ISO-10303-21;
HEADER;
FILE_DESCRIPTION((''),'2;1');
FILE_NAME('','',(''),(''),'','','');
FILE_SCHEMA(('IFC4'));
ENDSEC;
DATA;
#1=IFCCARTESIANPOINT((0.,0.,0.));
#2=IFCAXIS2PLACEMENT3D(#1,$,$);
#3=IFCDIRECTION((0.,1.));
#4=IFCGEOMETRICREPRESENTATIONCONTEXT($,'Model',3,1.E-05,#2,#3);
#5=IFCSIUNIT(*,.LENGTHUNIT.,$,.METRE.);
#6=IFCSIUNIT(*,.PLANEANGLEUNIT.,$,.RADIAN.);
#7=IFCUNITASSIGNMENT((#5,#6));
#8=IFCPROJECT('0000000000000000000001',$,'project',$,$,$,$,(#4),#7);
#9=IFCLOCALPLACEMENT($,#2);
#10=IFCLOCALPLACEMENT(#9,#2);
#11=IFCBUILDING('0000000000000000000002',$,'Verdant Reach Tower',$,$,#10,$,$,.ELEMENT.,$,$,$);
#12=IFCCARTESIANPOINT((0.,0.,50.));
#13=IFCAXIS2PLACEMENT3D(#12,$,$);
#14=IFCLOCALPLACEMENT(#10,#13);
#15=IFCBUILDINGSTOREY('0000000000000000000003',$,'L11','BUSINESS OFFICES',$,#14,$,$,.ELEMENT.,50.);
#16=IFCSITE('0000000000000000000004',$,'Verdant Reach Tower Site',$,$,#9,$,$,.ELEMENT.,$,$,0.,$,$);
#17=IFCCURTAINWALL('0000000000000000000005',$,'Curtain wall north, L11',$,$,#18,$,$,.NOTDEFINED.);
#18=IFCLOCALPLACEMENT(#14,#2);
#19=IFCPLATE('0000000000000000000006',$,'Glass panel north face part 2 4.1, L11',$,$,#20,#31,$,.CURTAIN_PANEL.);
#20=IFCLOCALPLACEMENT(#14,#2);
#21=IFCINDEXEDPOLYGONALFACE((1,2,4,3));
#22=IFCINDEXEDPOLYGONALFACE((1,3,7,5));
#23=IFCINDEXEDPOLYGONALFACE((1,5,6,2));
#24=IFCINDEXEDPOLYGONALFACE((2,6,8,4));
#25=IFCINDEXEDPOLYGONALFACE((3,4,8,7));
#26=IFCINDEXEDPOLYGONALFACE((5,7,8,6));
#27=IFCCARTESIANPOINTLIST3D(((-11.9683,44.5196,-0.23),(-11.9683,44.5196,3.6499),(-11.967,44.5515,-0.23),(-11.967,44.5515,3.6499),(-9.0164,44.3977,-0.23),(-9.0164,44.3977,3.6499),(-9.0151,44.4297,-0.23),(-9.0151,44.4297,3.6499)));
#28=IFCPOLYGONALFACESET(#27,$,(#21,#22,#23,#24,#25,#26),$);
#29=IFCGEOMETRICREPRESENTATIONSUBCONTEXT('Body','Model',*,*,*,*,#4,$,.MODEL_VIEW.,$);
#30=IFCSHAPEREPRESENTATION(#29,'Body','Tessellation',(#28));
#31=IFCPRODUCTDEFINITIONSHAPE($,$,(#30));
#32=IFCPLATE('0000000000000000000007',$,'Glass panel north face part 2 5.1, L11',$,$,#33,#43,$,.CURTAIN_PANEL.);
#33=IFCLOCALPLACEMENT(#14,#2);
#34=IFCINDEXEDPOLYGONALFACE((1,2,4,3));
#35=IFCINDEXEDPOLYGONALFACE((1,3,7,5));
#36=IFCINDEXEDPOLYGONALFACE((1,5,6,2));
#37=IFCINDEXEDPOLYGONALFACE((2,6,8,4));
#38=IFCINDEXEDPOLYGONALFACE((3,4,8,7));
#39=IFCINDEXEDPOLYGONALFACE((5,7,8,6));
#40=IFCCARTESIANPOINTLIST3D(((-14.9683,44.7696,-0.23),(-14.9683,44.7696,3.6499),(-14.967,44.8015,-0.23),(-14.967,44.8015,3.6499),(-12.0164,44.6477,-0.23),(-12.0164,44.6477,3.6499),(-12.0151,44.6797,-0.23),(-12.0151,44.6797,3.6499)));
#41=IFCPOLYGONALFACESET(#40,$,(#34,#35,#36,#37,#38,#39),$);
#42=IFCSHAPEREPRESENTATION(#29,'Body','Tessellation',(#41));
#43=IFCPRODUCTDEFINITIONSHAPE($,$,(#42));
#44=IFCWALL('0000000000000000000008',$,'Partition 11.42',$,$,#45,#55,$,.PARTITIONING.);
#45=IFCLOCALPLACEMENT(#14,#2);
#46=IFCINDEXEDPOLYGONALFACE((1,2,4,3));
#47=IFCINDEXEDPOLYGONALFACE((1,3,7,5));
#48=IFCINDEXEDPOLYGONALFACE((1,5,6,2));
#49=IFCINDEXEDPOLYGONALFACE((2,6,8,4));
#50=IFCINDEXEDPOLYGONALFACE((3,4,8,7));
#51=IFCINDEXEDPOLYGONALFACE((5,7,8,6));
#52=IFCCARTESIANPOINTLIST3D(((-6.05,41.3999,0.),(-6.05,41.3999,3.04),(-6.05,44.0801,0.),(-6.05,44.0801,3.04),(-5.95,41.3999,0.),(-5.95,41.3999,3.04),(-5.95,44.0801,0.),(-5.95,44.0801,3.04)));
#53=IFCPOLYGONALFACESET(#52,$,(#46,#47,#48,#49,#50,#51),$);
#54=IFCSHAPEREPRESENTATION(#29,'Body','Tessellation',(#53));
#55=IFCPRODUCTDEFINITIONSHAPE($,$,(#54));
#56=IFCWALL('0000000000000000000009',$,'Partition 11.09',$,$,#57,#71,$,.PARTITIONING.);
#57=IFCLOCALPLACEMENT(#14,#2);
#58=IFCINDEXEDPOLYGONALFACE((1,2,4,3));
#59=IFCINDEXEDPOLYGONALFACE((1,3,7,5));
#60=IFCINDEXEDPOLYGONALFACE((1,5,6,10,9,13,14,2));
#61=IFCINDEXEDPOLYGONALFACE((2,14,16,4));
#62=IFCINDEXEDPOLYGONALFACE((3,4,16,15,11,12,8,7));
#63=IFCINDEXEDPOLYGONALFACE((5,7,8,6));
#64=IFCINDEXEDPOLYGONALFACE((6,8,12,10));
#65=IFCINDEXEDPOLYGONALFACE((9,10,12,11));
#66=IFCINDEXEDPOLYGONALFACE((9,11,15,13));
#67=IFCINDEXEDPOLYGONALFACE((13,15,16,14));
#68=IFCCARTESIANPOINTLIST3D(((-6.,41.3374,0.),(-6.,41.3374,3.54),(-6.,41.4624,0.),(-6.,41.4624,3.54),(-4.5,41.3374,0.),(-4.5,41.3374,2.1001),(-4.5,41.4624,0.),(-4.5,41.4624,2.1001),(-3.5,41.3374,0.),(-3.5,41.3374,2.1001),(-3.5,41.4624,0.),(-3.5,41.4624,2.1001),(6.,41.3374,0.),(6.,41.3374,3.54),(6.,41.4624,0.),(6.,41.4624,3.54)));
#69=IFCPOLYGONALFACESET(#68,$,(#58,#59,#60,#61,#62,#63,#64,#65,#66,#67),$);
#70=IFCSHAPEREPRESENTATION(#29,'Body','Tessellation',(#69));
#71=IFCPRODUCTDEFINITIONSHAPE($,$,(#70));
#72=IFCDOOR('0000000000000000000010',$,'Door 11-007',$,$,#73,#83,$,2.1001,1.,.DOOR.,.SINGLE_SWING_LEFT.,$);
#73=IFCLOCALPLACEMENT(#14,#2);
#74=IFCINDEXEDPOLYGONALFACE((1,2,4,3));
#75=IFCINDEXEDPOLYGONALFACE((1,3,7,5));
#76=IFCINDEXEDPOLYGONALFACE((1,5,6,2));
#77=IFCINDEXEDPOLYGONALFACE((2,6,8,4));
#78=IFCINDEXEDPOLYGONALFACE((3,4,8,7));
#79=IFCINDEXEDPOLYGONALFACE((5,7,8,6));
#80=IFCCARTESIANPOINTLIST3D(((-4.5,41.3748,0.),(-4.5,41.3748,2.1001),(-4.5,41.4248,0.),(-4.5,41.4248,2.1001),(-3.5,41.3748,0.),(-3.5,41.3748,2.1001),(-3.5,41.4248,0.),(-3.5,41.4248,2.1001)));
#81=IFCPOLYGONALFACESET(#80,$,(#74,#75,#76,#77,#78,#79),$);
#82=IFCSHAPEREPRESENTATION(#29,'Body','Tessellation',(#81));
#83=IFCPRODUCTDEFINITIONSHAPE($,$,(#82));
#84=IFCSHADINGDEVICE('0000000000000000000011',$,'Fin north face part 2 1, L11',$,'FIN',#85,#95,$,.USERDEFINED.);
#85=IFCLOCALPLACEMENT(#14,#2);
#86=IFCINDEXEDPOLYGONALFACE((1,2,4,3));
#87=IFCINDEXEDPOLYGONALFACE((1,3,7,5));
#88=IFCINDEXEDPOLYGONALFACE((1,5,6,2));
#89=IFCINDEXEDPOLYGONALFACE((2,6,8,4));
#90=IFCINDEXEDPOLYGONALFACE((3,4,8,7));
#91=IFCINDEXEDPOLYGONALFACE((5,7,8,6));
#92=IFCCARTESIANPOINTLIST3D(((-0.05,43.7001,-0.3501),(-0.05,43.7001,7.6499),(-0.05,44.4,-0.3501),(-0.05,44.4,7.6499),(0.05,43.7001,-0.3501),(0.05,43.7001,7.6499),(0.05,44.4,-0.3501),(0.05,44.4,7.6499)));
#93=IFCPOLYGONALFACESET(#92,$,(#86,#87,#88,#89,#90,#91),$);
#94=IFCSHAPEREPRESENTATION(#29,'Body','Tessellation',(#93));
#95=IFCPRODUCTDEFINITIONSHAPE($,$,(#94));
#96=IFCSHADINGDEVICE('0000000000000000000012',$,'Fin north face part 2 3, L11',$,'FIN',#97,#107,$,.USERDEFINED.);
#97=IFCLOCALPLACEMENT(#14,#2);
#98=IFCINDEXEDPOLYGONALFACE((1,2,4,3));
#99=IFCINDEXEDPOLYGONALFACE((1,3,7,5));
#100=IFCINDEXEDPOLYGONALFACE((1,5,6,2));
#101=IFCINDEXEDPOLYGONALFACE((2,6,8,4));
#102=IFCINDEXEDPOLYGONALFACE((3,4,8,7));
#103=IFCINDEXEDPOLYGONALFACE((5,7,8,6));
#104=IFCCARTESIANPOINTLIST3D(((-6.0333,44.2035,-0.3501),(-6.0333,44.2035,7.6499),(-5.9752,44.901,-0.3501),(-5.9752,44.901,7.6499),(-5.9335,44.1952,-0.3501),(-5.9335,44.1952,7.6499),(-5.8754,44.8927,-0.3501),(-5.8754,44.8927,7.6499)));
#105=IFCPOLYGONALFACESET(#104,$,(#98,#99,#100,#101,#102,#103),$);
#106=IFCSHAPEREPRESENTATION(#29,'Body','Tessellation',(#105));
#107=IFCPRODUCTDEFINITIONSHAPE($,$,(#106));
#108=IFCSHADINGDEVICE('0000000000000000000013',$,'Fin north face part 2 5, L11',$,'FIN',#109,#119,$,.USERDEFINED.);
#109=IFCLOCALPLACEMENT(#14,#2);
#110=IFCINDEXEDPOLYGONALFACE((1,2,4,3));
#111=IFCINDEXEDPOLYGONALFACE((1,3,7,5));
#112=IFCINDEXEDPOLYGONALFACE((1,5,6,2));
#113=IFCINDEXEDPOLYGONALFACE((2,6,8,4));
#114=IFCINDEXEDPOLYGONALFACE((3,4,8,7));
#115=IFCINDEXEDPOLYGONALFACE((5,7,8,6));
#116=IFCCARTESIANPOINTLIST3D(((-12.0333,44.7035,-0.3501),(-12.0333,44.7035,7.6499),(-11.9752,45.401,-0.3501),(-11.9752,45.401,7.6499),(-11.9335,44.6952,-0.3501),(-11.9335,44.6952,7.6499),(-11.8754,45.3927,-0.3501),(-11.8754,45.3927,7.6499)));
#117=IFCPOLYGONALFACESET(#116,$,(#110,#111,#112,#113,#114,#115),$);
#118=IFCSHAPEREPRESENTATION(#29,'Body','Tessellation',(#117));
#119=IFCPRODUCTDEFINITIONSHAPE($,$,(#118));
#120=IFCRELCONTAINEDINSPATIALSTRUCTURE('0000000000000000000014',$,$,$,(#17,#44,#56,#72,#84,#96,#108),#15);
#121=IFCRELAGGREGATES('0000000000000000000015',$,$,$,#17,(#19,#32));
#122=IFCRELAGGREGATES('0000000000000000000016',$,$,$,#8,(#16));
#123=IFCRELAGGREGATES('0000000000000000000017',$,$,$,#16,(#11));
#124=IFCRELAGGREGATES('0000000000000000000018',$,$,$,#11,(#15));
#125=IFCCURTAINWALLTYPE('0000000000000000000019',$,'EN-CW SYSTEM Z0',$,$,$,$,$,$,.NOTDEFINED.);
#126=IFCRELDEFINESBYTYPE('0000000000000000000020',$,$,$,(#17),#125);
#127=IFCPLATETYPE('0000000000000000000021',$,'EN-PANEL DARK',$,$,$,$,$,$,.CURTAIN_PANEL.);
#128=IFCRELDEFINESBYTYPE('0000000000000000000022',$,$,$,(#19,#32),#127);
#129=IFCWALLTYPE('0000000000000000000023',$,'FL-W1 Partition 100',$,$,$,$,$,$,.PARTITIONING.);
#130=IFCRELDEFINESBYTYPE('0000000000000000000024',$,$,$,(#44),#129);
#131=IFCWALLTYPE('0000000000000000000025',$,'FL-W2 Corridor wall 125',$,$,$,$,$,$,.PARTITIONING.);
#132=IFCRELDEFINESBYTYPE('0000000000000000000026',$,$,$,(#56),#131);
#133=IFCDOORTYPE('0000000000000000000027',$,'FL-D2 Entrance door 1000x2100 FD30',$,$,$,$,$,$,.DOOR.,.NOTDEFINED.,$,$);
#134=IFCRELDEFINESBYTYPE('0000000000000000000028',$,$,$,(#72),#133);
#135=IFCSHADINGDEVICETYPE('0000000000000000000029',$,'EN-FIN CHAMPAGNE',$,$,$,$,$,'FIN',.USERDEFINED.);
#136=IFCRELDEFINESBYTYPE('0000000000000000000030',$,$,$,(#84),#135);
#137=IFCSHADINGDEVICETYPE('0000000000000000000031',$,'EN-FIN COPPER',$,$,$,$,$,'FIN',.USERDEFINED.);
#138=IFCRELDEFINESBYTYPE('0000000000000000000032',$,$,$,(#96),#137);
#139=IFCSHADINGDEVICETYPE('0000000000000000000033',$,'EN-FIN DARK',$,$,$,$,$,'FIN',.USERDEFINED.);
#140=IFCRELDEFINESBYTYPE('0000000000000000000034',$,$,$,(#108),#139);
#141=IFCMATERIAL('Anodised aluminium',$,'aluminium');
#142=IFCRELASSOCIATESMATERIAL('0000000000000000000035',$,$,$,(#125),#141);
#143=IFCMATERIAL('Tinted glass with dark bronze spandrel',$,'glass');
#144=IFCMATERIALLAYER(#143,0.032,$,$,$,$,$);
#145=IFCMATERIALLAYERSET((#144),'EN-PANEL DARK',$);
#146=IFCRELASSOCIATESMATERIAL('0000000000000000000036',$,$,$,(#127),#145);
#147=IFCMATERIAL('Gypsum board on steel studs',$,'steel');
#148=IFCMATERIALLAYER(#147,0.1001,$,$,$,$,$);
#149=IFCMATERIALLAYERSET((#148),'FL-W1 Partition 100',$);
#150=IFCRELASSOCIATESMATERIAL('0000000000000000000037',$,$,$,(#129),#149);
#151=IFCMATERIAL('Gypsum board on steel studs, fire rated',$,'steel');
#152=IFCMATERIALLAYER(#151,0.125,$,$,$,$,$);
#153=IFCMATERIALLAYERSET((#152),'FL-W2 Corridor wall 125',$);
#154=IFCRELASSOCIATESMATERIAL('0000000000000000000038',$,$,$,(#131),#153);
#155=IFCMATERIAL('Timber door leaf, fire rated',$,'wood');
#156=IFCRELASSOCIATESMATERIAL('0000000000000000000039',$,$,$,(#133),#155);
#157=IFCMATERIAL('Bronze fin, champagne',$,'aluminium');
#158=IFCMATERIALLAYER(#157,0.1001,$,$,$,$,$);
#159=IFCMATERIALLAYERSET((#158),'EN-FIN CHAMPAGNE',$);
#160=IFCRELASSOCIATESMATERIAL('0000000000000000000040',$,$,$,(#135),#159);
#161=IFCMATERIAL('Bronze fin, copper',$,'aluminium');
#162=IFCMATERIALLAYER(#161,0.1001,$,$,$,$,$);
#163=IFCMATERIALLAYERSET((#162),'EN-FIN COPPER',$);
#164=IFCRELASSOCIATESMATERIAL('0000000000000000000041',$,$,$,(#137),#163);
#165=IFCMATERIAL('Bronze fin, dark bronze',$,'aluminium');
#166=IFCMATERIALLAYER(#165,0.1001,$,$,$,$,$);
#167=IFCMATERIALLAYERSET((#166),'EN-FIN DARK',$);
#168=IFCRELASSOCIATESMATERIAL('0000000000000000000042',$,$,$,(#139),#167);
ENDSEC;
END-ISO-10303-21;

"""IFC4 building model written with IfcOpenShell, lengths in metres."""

from ifc_helpers import new_model, si_unit, direction, frame, frame_2d, origin, origin_2d, place, context, subcontext, project, spatial, rectangle, extrude, material, layer, layer_set, type_object, element, fill, aggregate, save


model = new_model("IFC4")

# Units and contexts
model_context = context("Model", 3, precision=1e-05, world=origin(), true_north=direction((0.0, 1.0)))
body_context = subcontext(model_context, "Body", "Model", "MODEL_VIEW")
ifc_project = project(units=[si_unit("LENGTHUNIT", "METRE"), si_unit("PLANEANGLEUNIT", "RADIAN")], contexts=[model_context])

# Site, building, storey
site_placement = place(None, origin())
site = spatial("IfcSite", under=ifc_project, at=site_placement, Name="Verdant Reach Tower Site", CompositionType="ELEMENT", RefElevation=0.0)
building_placement = place(site_placement, origin())
building = spatial("IfcBuilding", under=site, at=building_placement, Name="Verdant Reach Tower", CompositionType="ELEMENT")
storey_placement = place(building_placement, frame((0.0, 0.0, 50.0)))
storey = spatial("IfcBuildingStorey", under=building, at=storey_placement, Name="L11", Description="BUSINESS OFFICES", CompositionType="ELEMENT", Elevation=50.0)

# Curtain wall
ifc_material_1 = material(Name="Anodised aluminium", Category="aluminium")
curtain_wall_type = type_object("IfcCurtainWallType", Name="EN-CW SYSTEM Z0", PredefinedType="NOTDEFINED", material=ifc_material_1)
curtain_wall_placement = place(storey_placement, origin())
curtain_wall = element("IfcCurtainWall", 1, at=curtain_wall_placement, inside=storey, type_object=curtain_wall_type, Name="Curtain wall north, L11", PredefinedType="NOTDEFINED")

# Plates
ifc_material_2 = material(Name="Tinted glass with dark bronze spandrel", Category="glass")
ifc_layer_1 = layer(ifc_material_2, 0.032)
ifc_layer_set_1 = layer_set([ifc_layer_1], Name="EN-PANEL DARK")
plate_type_1 = type_object("IfcPlateType", Name="EN-PANEL DARK", PredefinedType="CURTAIN_PANEL", material=ifc_layer_set_1)
plate_1_placement = place(storey_placement, frame((-10.4917, 44.4746, -0.23), z_axis=(0.0, 0.0, 1.0), x_axis=(-0.999149, 0.041242, 0.0)))
plate_1 = element("IfcPlate", 2, at=plate_1_placement, type_object=plate_type_1, Name="Glass panel north face part 2 4.1, L11", PredefinedType="CURTAIN_PANEL", context=body_context, shape_type="SweptSolid", body=[
    extrude(rectangle(XDim=2.9543, YDim=0.032, at=origin_2d()), origin(), (0.0, 0.0, 1.0), 3.8799),
])
plate_2_placement = place(storey_placement, frame((-13.4917, 44.7246, -0.23), z_axis=(0.0, 0.0, 1.0), x_axis=(-0.999149, 0.041242, 0.0)))
plate_2 = element("IfcPlate", 3, at=plate_2_placement, type_object=plate_type_1, Name="Glass panel north face part 2 5.1, L11", PredefinedType="CURTAIN_PANEL", context=body_context, shape_type="SweptSolid", body=[
    extrude(rectangle(XDim=2.9543, YDim=0.032, at=origin_2d()), origin(), (0.0, 0.0, 1.0), 3.8799),
])
aggregate(curtain_wall, [plate_1, plate_2])

# Wall
ifc_material_3 = material(Name="Gypsum board on steel studs", Category="steel")
ifc_layer_2 = layer(ifc_material_3, 0.1001)
ifc_layer_set_2 = layer_set([ifc_layer_2], Name="FL-W1 Partition 100")
wall_type_1 = type_object("IfcWallType", Name="FL-W1 Partition 100", PredefinedType="PARTITIONING", material=ifc_layer_set_2)
wall_1_placement = place(storey_placement, frame((-6.0, 41.3999, 0.0), z_axis=(0.0, 0.0, 1.0), x_axis=(0.0, 1.0, 0.0)))
element("IfcWall", 4, at=wall_1_placement, inside=storey, type_object=wall_type_1, Name="Partition 11.42", PredefinedType="PARTITIONING", context=body_context, shape_type="SweptSolid", body=[
    extrude(rectangle(XDim=2.6802, YDim=0.1001, at=frame_2d((1.3401, 0.0))), origin(), (0.0, 0.0, 1.0), 3.04),
])

# Wall, opening, door
ifc_material_4 = material(Name="Gypsum board on steel studs, fire rated", Category="steel")
ifc_layer_3 = layer(ifc_material_4, 0.125)
ifc_layer_set_3 = layer_set([ifc_layer_3], Name="FL-W2 Corridor wall 125")
wall_type_2 = type_object("IfcWallType", Name="FL-W2 Corridor wall 125", PredefinedType="PARTITIONING", material=ifc_layer_set_3)
wall_2_placement = place(storey_placement, frame((-6.0, 41.3999, 0.0), z_axis=(0.0, 0.0, 1.0), x_axis=(1.0, 0.0, 0.0)))
wall_2 = element("IfcWall", 5, at=wall_2_placement, inside=storey, type_object=wall_type_2, Name="Partition 11.09", PredefinedType="PARTITIONING", context=body_context, shape_type="SweptSolid", body=[
    extrude(rectangle(XDim=12.0, YDim=0.125, at=frame_2d((6.0, 0.0))), origin(), (0.0, 0.0, 1.0), 3.54),
])
opening_placement = place(wall_2_placement, frame((1.5, 0.0, 0.0)))
opening = element("IfcOpeningElement", 6, at=opening_placement, cuts=wall_2, PredefinedType="OPENING", context=body_context, shape_type="SweptSolid", body=[
    extrude(rectangle(XDim=1.0, YDim=2.1001, at=frame_2d((0.5, 1.05))), frame((0.0, 0.0725, 0.0), z_axis=(0.0, -1.0, 0.0), x_axis=(1.0, 0.0, 0.0)), (0.0, 0.0, 1.0), 0.145),
])
ifc_material_5 = material(Name="Timber door leaf, fire rated", Category="wood")
door_type = type_object("IfcDoorType", Name="FL-D2 Entrance door 1000x2100 FD30", OperationType="NOTDEFINED", PredefinedType="DOOR", material=ifc_material_5)
door_placement = place(opening_placement, origin())
door = element("IfcDoor", 7, at=door_placement, inside=storey, type_object=door_type, Name="Door 11-007", OperationType="SINGLE_SWING_LEFT", OverallHeight=2.1001, OverallWidth=1.0, PredefinedType="DOOR", context=body_context, shape_type="SweptSolid", body=[
    extrude(rectangle(XDim=1.0, YDim=2.1001, at=frame_2d((0.5, 1.05))), frame((0.0, 0.0249, 0.0), z_axis=(0.0, -1.0, 0.0), x_axis=(1.0, 0.0, 0.0)), (0.0, 0.0, 1.0), 0.05),
])
fill(opening, door)

# Shading devices
ifc_material_6 = material(Name="Bronze fin, champagne", Category="aluminium")
ifc_layer_4 = layer(ifc_material_6, 0.1001)
ifc_layer_set_4 = layer_set([ifc_layer_4], Name="EN-FIN CHAMPAGNE")
shading_device_type_1 = type_object("IfcShadingDeviceType", Name="EN-FIN CHAMPAGNE", ElementType="FIN", PredefinedType="USERDEFINED", material=ifc_layer_set_4)
shading_device_1_placement = place(storey_placement, frame((0.0, 44.05, -0.3501), z_axis=(0.0, 0.0, 1.0), x_axis=(-1.0, 0.0, 0.0)))
element("IfcShadingDevice", 8, at=shading_device_1_placement, inside=storey, type_object=shading_device_type_1, Name="Fin north face part 2 1, L11", ObjectType="FIN", PredefinedType="USERDEFINED", context=body_context, shape_type="SweptSolid", body=[
    extrude(rectangle(XDim=0.1001, YDim=0.7, at=origin_2d()), origin(), (0.0, 0.0, 1.0), 8.0),
])
ifc_material_7 = material(Name="Bronze fin, copper", Category="aluminium")
ifc_layer_5 = layer(ifc_material_7, 0.1001)
ifc_layer_set_5 = layer_set([ifc_layer_5], Name="EN-FIN COPPER")
shading_device_type_2 = type_object("IfcShadingDeviceType", Name="EN-FIN COPPER", ElementType="FIN", PredefinedType="USERDEFINED", material=ifc_layer_set_5)
shading_device_2_placement = place(storey_placement, frame((-5.9543, 44.5481, -0.3501), z_axis=(0.0, 0.0, 1.0), x_axis=(-0.996546, 0.083045, 0.0)))
element("IfcShadingDevice", 9, at=shading_device_2_placement, inside=storey, type_object=shading_device_type_2, Name="Fin north face part 2 3, L11", ObjectType="FIN", PredefinedType="USERDEFINED", context=body_context, shape_type="SweptSolid", body=[
    extrude(rectangle(XDim=0.1001, YDim=0.7, at=origin_2d()), origin(), (0.0, 0.0, 1.0), 8.0),
])
ifc_material_8 = material(Name="Bronze fin, dark bronze", Category="aluminium")
ifc_layer_6 = layer(ifc_material_8, 0.1001)
ifc_layer_set_6 = layer_set([ifc_layer_6], Name="EN-FIN DARK")
shading_device_type_3 = type_object("IfcShadingDeviceType", Name="EN-FIN DARK", ElementType="FIN", PredefinedType="USERDEFINED", material=ifc_layer_set_6)
shading_device_3_placement = place(storey_placement, frame((-11.9543, 45.0481, -0.3501), z_axis=(0.0, 0.0, 1.0), x_axis=(-0.996546, 0.083045, 0.0)))
element("IfcShadingDevice", 10, at=shading_device_3_placement, inside=storey, type_object=shading_device_type_3, Name="Fin north face part 2 5, L11", ObjectType="FIN", PredefinedType="USERDEFINED", context=body_context, shape_type="SweptSolid", body=[
    extrude(rectangle(XDim=0.1001, YDim=0.7, at=origin_2d()), origin(), (0.0, 0.0, 1.0), 8.0),
])

save(model, "model.ifc")
